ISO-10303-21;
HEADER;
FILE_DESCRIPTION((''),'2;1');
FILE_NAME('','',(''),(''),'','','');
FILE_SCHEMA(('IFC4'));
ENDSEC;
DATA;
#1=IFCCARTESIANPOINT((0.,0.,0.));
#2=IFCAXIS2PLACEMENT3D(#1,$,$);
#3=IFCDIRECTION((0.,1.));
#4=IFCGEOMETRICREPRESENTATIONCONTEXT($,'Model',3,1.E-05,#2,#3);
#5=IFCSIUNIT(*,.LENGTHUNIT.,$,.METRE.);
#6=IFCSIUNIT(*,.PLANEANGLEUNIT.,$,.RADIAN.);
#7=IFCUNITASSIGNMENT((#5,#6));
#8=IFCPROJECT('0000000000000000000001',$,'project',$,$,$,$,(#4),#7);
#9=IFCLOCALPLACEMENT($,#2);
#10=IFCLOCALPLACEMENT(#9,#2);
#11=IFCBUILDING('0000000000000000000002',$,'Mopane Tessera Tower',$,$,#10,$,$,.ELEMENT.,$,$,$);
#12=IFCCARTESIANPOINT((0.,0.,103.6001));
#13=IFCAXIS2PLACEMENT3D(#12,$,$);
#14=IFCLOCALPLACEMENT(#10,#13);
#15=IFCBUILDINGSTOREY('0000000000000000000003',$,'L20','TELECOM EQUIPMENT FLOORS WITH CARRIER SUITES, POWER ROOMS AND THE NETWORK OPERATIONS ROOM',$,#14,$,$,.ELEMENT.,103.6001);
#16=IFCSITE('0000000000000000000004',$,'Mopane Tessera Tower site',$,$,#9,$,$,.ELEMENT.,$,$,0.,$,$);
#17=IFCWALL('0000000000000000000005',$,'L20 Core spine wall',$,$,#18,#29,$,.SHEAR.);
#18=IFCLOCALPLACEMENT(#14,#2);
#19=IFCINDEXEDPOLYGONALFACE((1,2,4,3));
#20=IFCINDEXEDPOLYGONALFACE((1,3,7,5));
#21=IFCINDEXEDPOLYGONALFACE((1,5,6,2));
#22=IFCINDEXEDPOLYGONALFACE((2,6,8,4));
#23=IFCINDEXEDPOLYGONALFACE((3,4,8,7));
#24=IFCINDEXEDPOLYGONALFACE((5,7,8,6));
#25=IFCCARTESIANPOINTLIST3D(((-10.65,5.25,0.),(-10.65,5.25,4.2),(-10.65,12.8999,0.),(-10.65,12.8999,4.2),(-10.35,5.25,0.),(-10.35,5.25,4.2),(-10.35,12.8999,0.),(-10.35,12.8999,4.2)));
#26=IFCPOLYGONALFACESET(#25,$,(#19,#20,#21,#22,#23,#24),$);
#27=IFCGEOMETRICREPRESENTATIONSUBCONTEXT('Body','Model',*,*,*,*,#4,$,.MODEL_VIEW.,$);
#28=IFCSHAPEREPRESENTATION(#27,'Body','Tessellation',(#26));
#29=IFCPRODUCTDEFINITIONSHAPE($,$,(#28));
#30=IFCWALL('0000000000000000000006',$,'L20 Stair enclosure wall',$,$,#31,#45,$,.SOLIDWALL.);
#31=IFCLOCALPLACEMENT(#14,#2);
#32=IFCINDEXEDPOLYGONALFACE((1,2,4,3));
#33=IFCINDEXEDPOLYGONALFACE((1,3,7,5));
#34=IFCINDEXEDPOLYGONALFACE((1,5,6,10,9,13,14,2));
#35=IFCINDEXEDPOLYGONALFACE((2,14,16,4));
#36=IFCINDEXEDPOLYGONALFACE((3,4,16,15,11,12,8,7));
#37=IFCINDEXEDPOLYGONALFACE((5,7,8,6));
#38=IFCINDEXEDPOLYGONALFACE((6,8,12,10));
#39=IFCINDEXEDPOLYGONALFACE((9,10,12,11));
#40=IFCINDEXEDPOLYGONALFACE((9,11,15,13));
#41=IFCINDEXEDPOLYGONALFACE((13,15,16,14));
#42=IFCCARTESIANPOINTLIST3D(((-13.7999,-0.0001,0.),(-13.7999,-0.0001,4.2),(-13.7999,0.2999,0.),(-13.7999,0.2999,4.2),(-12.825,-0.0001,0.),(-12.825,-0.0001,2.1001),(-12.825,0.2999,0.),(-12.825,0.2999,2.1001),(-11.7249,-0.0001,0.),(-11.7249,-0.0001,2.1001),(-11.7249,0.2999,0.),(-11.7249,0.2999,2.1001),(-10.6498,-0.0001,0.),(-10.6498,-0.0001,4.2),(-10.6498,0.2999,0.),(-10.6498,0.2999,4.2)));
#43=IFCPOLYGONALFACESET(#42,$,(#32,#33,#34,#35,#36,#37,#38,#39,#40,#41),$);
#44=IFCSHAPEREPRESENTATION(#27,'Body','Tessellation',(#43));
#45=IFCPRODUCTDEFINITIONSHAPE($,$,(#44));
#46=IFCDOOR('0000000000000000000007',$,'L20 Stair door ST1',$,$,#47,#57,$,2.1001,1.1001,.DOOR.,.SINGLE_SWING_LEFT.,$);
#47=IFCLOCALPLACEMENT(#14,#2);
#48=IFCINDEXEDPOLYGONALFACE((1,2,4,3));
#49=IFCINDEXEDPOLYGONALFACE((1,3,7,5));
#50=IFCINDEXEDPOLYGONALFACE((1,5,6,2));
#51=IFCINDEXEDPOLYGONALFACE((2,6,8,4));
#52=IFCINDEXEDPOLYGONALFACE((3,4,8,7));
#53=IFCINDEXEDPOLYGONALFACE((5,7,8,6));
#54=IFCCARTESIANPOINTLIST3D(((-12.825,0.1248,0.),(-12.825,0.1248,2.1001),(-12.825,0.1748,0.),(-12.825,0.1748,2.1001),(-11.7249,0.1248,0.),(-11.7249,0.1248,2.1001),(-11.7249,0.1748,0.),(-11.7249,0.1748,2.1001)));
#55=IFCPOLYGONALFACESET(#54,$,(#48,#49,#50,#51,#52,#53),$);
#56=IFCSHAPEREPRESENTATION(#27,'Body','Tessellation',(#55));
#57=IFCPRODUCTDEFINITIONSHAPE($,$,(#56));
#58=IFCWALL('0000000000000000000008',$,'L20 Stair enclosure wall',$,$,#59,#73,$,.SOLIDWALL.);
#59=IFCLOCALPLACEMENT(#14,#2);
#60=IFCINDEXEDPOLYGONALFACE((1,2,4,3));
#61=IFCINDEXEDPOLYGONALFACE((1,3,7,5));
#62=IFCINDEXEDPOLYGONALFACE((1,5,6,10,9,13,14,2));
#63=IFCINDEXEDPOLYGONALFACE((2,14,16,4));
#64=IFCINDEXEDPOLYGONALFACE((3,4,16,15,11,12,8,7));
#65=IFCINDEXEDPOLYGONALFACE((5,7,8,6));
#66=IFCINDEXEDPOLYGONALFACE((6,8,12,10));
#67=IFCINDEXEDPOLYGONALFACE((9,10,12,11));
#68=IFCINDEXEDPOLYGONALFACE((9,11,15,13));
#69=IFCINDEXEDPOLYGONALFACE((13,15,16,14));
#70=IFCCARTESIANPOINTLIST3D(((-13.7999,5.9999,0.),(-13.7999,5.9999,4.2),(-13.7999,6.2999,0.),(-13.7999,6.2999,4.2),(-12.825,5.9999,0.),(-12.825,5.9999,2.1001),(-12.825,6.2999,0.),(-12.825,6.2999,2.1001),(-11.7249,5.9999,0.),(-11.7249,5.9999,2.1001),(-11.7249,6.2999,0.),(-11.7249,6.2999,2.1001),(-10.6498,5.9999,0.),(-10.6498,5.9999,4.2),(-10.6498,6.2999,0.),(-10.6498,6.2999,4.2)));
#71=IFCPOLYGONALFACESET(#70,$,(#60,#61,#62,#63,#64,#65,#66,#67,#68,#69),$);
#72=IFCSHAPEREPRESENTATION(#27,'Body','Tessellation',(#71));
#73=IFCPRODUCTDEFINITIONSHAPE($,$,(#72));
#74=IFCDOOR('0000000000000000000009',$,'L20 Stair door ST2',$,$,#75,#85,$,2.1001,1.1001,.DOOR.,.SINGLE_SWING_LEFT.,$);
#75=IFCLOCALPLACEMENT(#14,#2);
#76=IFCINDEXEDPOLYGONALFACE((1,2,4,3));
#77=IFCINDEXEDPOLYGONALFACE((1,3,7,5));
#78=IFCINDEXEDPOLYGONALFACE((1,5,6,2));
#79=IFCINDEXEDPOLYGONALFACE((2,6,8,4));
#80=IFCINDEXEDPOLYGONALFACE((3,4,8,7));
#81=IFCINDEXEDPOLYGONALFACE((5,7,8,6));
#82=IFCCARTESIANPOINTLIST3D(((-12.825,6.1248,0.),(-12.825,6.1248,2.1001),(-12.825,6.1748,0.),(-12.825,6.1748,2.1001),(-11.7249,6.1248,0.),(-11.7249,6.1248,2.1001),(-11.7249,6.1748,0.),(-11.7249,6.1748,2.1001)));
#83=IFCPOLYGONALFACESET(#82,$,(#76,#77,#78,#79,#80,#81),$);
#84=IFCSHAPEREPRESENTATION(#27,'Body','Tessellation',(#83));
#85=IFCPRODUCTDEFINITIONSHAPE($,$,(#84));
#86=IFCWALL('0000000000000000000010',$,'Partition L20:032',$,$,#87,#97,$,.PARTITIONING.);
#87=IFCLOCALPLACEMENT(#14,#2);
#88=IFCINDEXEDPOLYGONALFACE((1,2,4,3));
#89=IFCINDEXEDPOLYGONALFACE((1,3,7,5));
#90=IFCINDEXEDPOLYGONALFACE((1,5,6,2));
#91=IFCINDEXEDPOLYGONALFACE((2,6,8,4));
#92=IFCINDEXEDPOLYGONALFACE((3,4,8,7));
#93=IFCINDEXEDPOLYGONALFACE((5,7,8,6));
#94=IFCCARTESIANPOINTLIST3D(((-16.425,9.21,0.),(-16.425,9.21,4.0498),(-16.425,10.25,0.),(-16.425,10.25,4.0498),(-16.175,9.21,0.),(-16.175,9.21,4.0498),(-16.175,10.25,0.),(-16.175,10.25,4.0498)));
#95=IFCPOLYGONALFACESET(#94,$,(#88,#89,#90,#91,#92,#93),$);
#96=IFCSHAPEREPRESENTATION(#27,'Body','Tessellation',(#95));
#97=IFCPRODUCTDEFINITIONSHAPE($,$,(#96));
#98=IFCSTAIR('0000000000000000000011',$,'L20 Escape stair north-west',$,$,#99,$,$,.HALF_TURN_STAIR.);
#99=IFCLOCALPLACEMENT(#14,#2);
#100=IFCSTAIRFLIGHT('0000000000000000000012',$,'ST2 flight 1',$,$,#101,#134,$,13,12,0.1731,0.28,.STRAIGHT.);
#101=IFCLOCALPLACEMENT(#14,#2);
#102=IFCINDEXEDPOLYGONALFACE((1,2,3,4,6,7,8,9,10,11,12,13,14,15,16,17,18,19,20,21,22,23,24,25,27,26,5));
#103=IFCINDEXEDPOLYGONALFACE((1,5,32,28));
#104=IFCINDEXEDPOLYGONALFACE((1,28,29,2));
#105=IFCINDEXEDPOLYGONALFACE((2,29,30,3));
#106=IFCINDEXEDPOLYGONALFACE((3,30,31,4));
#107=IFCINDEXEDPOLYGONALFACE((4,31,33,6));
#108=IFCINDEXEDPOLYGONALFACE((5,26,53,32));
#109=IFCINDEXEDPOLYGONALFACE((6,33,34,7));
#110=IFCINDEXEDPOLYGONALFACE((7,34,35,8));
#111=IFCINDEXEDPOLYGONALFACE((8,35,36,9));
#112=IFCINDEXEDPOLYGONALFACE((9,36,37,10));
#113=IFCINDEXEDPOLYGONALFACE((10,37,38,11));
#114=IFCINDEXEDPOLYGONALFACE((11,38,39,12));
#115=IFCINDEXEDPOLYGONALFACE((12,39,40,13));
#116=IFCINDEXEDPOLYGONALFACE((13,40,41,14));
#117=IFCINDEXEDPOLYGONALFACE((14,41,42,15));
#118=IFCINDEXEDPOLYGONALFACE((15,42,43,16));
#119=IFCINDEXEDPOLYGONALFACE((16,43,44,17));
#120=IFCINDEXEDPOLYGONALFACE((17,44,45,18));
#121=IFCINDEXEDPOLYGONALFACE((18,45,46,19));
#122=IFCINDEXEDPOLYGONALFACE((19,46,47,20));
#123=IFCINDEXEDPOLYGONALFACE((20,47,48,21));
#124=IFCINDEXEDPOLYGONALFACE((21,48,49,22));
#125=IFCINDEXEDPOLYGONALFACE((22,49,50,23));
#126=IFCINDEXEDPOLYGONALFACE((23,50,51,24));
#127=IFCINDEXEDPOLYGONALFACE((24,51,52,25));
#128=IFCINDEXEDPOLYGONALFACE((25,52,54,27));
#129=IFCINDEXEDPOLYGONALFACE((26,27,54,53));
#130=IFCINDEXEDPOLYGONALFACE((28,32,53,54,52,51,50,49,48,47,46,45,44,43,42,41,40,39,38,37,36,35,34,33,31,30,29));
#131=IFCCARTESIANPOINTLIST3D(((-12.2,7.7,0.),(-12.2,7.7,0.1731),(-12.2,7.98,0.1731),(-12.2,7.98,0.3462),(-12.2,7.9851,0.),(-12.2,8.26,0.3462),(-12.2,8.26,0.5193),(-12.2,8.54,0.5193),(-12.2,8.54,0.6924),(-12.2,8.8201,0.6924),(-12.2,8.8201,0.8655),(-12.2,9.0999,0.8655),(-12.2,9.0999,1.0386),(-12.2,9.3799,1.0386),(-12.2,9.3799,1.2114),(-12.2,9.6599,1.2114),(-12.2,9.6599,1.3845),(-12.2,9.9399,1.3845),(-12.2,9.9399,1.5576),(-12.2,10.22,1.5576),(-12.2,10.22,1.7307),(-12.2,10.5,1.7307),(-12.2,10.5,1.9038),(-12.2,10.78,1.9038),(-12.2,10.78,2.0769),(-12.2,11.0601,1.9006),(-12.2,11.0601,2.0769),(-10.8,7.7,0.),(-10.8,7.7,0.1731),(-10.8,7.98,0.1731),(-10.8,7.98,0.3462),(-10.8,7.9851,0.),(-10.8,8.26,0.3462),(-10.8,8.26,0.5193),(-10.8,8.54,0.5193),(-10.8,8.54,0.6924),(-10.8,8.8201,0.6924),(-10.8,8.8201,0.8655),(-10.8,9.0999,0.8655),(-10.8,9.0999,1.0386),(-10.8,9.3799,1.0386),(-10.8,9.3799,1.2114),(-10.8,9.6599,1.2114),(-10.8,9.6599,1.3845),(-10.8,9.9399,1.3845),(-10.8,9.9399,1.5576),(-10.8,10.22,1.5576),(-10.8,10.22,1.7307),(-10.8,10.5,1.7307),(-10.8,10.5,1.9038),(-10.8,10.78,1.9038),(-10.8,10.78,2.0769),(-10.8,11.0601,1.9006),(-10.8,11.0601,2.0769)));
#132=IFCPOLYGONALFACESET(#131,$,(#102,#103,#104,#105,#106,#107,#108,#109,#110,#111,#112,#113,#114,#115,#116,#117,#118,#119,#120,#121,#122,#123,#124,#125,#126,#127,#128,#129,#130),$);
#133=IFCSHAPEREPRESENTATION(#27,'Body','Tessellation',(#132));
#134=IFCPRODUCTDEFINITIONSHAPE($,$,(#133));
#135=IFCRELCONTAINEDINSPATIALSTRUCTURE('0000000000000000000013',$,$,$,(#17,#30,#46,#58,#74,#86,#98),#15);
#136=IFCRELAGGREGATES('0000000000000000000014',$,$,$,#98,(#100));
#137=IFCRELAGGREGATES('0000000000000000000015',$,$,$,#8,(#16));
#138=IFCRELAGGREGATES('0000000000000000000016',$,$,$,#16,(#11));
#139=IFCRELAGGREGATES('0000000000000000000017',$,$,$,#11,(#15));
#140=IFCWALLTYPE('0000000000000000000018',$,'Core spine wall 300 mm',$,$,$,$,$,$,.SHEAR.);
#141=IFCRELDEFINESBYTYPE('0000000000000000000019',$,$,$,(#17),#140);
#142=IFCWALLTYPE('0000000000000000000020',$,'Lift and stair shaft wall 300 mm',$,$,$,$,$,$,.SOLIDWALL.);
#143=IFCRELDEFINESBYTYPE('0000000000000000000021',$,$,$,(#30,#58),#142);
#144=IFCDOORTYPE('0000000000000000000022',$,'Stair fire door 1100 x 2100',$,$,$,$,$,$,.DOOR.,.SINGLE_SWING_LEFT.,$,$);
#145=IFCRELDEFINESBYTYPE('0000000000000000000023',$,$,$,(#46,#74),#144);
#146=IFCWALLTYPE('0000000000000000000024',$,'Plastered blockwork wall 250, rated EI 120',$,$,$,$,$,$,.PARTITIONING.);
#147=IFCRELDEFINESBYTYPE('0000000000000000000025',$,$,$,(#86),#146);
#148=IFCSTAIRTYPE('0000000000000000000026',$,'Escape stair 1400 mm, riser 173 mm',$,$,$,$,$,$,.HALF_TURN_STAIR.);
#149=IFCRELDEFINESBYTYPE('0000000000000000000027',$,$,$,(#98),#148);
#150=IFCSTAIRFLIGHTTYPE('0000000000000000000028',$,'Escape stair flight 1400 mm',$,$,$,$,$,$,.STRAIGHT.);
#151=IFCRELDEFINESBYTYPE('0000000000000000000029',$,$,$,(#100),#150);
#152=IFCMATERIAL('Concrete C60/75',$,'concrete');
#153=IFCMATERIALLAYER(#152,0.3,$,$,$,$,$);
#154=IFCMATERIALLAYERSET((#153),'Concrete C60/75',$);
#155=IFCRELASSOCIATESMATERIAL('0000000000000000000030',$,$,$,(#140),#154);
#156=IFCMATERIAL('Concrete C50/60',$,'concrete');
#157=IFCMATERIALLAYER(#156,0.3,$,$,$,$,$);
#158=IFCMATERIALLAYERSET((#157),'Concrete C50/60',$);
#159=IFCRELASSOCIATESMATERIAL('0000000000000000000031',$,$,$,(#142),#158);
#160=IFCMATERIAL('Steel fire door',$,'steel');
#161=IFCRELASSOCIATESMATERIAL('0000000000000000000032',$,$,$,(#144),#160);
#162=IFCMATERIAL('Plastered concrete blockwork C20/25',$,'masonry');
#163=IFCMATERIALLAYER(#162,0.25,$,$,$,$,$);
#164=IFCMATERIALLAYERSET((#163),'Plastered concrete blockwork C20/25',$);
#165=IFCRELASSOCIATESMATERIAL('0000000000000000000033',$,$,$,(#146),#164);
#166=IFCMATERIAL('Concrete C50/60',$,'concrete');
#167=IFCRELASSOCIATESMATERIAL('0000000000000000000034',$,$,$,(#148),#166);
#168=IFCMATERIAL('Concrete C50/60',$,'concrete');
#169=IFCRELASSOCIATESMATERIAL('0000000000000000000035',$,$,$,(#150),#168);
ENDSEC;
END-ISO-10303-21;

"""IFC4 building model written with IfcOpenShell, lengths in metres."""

from ifc_helpers import new_model, si_unit, direction, frame, frame_2d, origin, place, context, subcontext, project, spatial, polyline, rectangle, outline, extrude, material, layer, layer_set, type_object, element, fill, aggregate, save


model = new_model("IFC4")

# Units and contexts
model_context = context("Model", 3, precision=1e-05, world=origin(), true_north=direction((0.0, 1.0)))
body_context = subcontext(model_context, "Body", "Model", "MODEL_VIEW")
ifc_project = project(units=[si_unit("LENGTHUNIT", "METRE"), si_unit("PLANEANGLEUNIT", "RADIAN")], contexts=[model_context])

# Site, building, storey
site_placement = place(None, origin())
site = spatial("IfcSite", under=ifc_project, at=site_placement, Name="Mopane Tessera Tower site", CompositionType="ELEMENT", RefElevation=0.0)
building_placement = place(site_placement, origin())
building = spatial("IfcBuilding", under=site, at=building_placement, Name="Mopane Tessera Tower", CompositionType="ELEMENT")
storey_placement = place(building_placement, frame((0.0, 0.0, 103.6001)))
storey = spatial("IfcBuildingStorey", under=building, at=storey_placement, Name="L20", Description="TELECOM EQUIPMENT FLOORS WITH CARRIER SUITES, POWER ROOMS AND THE NETWORK OPERATIONS ROOM", CompositionType="ELEMENT", Elevation=103.6001)

# Wall
ifc_material_1 = material(Name="Concrete C60/75", Category="concrete")
ifc_layer_1 = layer(ifc_material_1, 0.3)
ifc_layer_set_1 = layer_set([ifc_layer_1], Name="Concrete C60/75")
wall_type_1 = type_object("IfcWallType", Name="Core spine wall 300 mm", PredefinedType="SHEAR", material=ifc_layer_set_1)
wall_1_placement = place(storey_placement, frame((-10.5, 5.25, 0.0), z_axis=(0.0, 0.0, 1.0), x_axis=(0.0, 1.0, 0.0)))
element("IfcWall", 1, at=wall_1_placement, inside=storey, type_object=wall_type_1, Name="L20 Core spine wall", PredefinedType="SHEAR", context=body_context, shape_type="SweptSolid", body=[
    extrude(rectangle(XDim=7.6499, YDim=0.3, at=frame_2d((3.825, 0.0))), origin(), (0.0, 0.0, 1.0), 4.2),
])

# Walls, openings, doors
ifc_material_2 = material(Name="Concrete C50/60", Category="concrete")
ifc_layer_2 = layer(ifc_material_2, 0.3)
ifc_layer_set_2 = layer_set([ifc_layer_2], Name="Concrete C50/60")
wall_type_2 = type_object("IfcWallType", Name="Lift and stair shaft wall 300 mm", PredefinedType="SOLIDWALL", material=ifc_layer_set_2)
wall_2_placement = place(storey_placement, frame((-13.8, 0.1499, 0.0), z_axis=(0.0, 0.0, 1.0), x_axis=(1.0, 0.0, 0.0)))
wall_2 = element("IfcWall", 2, at=wall_2_placement, inside=storey, type_object=wall_type_2, Name="L20 Stair enclosure wall", PredefinedType="SOLIDWALL", context=body_context, shape_type="SweptSolid", body=[
    extrude(rectangle(XDim=3.1501, YDim=0.3, at=frame_2d((1.5752, 0.0))), origin(), (0.0, 0.0, 1.0), 4.2),
])
opening_1_placement = place(wall_2_placement, frame((0.9751, 0.0, 0.0)))
opening_1 = element("IfcOpeningElement", 3, at=opening_1_placement, cuts=wall_2, PredefinedType="OPENING", context=body_context, shape_type="SweptSolid", body=[
    extrude(rectangle(XDim=1.1001, YDim=2.1001, at=frame_2d((0.55, 1.05))), frame((0.0, 0.1621, 0.0), z_axis=(0.0, -1.0, 0.0), x_axis=(1.0, 0.0, 0.0)), (0.0, 0.0, 1.0), 0.324),
])
ifc_material_3 = material(Name="Steel fire door", Category="steel")
door_type = type_object("IfcDoorType", Name="Stair fire door 1100 x 2100", OperationType="SINGLE_SWING_LEFT", PredefinedType="DOOR", material=ifc_material_3)
door_1_placement = place(opening_1_placement, origin())
door_1 = element("IfcDoor", 4, at=door_1_placement, inside=storey, type_object=door_type, Name="L20 Stair door ST1", OperationType="SINGLE_SWING_LEFT", OverallHeight=2.1001, OverallWidth=1.1001, PredefinedType="DOOR", context=body_context, shape_type="SweptSolid", body=[
    extrude(rectangle(XDim=1.1001, YDim=2.1001, at=frame_2d((0.55, 1.05))), frame((0.0, 0.0249, 0.0), z_axis=(0.0, -1.0, 0.0), x_axis=(1.0, 0.0, 0.0)), (0.0, 0.0, 1.0), 0.05),
])
fill(opening_1, door_1)
wall_3_placement = place(storey_placement, frame((-13.8, 6.1499, 0.0), z_axis=(0.0, 0.0, 1.0), x_axis=(1.0, 0.0, 0.0)))
wall_3 = element("IfcWall", 5, at=wall_3_placement, inside=storey, type_object=wall_type_2, Name="L20 Stair enclosure wall", PredefinedType="SOLIDWALL", context=body_context, shape_type="SweptSolid", body=[
    extrude(rectangle(XDim=3.1501, YDim=0.3, at=frame_2d((1.5752, 0.0))), origin(), (0.0, 0.0, 1.0), 4.2),
])
opening_2_placement = place(wall_3_placement, frame((0.9751, 0.0, 0.0)))
opening_2 = element("IfcOpeningElement", 6, at=opening_2_placement, cuts=wall_3, PredefinedType="OPENING", context=body_context, shape_type="SweptSolid", body=[
    extrude(rectangle(XDim=1.1001, YDim=2.1001, at=frame_2d((0.55, 1.05))), frame((0.0, 0.1621, 0.0), z_axis=(0.0, -1.0, 0.0), x_axis=(1.0, 0.0, 0.0)), (0.0, 0.0, 1.0), 0.324),
])
door_2_placement = place(opening_2_placement, origin())
door_2 = element("IfcDoor", 7, at=door_2_placement, inside=storey, type_object=door_type, Name="L20 Stair door ST2", OperationType="SINGLE_SWING_LEFT", OverallHeight=2.1001, OverallWidth=1.1001, PredefinedType="DOOR", context=body_context, shape_type="SweptSolid", body=[
    extrude(rectangle(XDim=1.1001, YDim=2.1001, at=frame_2d((0.55, 1.05))), frame((0.0, 0.0249, 0.0), z_axis=(0.0, -1.0, 0.0), x_axis=(1.0, 0.0, 0.0)), (0.0, 0.0, 1.0), 0.05),
])
fill(opening_2, door_2)

# Wall
ifc_material_4 = material(Name="Plastered concrete blockwork C20/25", Category="masonry")
ifc_layer_3 = layer(ifc_material_4, 0.25)
ifc_layer_set_3 = layer_set([ifc_layer_3], Name="Plastered concrete blockwork C20/25")
wall_type_3 = type_object("IfcWallType", Name="Plastered blockwork wall 250, rated EI 120", PredefinedType="PARTITIONING", material=ifc_layer_set_3)
wall_4_placement = place(storey_placement, frame((-16.3, 9.21, 0.0), z_axis=(0.0, 0.0, 1.0), x_axis=(0.0, 1.0, 0.0)))
element("IfcWall", 8, at=wall_4_placement, inside=storey, type_object=wall_type_3, Name="Partition L20:032", PredefinedType="PARTITIONING", context=body_context, shape_type="SweptSolid", body=[
    extrude(rectangle(XDim=1.04, YDim=0.25, at=frame_2d((0.52, 0.0))), origin(), (0.0, 0.0, 1.0), 4.0498),
])

# Stair, stair flight
ifc_material_5 = material(Name="Concrete C50/60", Category="concrete")
stair_type = type_object("IfcStairType", Name="Escape stair 1400 mm, riser 173 mm", PredefinedType="HALF_TURN_STAIR", material=ifc_material_5)
stair_placement = place(storey_placement, origin())
stair = element("IfcStair", 9, at=stair_placement, inside=storey, type_object=stair_type, Name="L20 Escape stair north-west", PredefinedType="HALF_TURN_STAIR")
ifc_material_6 = material(Name="Concrete C50/60", Category="concrete")
stair_flight_type = type_object("IfcStairFlightType", Name="Escape stair flight 1400 mm", PredefinedType="STRAIGHT", material=ifc_material_6)
stair_flight_placement = place(storey_placement, frame((-11.5, 7.7, 0.0), z_axis=(0.0, 0.0, 1.0), x_axis=(0.0, 1.0, 0.0)))
stair_flight = element("IfcStairFlight", 10, at=stair_flight_placement, type_object=stair_flight_type, Name="ST2 flight 1", NumberOfRisers=13, NumberOfTreads=12, PredefinedType="STRAIGHT", RiserHeight=0.1731, TreadLength=0.28, context=body_context, shape_type="SweptSolid", body=[
    extrude(outline(polyline([(0.0, 0.0), (0.0, 0.1731), (0.28, 0.1731), (0.28, 0.3462), (0.5601, 0.3462), (0.5601, 0.5193), (0.8401, 0.5193), (0.8401, 0.6924), (1.1201, 0.6924), (1.1201, 0.8655), (1.3999, 0.8655), (1.3999, 1.0386), (1.6799, 1.0386), (1.6799, 1.2114), (1.96, 1.2114), (1.96, 1.3845), (2.24, 1.3845), (2.24, 1.5576), (2.52, 1.5576), (2.52, 1.7307), (2.8, 1.7307), (2.8, 1.9038), (3.0801, 1.9038), (3.0801, 2.0769), (3.3601, 2.0769), (3.3601, 2.25), (3.3601, 1.9006), (0.2852, 0.0), (0.0, 0.0)])), frame((0.0, 0.7, 0.0), z_axis=(0.0, -1.0, 0.0), x_axis=(1.0, 0.0, 0.0)), (0.0, 0.0, 1.0), 1.3999),
])
aggregate(stair, [stair_flight])

save(model, "model.ifc")
